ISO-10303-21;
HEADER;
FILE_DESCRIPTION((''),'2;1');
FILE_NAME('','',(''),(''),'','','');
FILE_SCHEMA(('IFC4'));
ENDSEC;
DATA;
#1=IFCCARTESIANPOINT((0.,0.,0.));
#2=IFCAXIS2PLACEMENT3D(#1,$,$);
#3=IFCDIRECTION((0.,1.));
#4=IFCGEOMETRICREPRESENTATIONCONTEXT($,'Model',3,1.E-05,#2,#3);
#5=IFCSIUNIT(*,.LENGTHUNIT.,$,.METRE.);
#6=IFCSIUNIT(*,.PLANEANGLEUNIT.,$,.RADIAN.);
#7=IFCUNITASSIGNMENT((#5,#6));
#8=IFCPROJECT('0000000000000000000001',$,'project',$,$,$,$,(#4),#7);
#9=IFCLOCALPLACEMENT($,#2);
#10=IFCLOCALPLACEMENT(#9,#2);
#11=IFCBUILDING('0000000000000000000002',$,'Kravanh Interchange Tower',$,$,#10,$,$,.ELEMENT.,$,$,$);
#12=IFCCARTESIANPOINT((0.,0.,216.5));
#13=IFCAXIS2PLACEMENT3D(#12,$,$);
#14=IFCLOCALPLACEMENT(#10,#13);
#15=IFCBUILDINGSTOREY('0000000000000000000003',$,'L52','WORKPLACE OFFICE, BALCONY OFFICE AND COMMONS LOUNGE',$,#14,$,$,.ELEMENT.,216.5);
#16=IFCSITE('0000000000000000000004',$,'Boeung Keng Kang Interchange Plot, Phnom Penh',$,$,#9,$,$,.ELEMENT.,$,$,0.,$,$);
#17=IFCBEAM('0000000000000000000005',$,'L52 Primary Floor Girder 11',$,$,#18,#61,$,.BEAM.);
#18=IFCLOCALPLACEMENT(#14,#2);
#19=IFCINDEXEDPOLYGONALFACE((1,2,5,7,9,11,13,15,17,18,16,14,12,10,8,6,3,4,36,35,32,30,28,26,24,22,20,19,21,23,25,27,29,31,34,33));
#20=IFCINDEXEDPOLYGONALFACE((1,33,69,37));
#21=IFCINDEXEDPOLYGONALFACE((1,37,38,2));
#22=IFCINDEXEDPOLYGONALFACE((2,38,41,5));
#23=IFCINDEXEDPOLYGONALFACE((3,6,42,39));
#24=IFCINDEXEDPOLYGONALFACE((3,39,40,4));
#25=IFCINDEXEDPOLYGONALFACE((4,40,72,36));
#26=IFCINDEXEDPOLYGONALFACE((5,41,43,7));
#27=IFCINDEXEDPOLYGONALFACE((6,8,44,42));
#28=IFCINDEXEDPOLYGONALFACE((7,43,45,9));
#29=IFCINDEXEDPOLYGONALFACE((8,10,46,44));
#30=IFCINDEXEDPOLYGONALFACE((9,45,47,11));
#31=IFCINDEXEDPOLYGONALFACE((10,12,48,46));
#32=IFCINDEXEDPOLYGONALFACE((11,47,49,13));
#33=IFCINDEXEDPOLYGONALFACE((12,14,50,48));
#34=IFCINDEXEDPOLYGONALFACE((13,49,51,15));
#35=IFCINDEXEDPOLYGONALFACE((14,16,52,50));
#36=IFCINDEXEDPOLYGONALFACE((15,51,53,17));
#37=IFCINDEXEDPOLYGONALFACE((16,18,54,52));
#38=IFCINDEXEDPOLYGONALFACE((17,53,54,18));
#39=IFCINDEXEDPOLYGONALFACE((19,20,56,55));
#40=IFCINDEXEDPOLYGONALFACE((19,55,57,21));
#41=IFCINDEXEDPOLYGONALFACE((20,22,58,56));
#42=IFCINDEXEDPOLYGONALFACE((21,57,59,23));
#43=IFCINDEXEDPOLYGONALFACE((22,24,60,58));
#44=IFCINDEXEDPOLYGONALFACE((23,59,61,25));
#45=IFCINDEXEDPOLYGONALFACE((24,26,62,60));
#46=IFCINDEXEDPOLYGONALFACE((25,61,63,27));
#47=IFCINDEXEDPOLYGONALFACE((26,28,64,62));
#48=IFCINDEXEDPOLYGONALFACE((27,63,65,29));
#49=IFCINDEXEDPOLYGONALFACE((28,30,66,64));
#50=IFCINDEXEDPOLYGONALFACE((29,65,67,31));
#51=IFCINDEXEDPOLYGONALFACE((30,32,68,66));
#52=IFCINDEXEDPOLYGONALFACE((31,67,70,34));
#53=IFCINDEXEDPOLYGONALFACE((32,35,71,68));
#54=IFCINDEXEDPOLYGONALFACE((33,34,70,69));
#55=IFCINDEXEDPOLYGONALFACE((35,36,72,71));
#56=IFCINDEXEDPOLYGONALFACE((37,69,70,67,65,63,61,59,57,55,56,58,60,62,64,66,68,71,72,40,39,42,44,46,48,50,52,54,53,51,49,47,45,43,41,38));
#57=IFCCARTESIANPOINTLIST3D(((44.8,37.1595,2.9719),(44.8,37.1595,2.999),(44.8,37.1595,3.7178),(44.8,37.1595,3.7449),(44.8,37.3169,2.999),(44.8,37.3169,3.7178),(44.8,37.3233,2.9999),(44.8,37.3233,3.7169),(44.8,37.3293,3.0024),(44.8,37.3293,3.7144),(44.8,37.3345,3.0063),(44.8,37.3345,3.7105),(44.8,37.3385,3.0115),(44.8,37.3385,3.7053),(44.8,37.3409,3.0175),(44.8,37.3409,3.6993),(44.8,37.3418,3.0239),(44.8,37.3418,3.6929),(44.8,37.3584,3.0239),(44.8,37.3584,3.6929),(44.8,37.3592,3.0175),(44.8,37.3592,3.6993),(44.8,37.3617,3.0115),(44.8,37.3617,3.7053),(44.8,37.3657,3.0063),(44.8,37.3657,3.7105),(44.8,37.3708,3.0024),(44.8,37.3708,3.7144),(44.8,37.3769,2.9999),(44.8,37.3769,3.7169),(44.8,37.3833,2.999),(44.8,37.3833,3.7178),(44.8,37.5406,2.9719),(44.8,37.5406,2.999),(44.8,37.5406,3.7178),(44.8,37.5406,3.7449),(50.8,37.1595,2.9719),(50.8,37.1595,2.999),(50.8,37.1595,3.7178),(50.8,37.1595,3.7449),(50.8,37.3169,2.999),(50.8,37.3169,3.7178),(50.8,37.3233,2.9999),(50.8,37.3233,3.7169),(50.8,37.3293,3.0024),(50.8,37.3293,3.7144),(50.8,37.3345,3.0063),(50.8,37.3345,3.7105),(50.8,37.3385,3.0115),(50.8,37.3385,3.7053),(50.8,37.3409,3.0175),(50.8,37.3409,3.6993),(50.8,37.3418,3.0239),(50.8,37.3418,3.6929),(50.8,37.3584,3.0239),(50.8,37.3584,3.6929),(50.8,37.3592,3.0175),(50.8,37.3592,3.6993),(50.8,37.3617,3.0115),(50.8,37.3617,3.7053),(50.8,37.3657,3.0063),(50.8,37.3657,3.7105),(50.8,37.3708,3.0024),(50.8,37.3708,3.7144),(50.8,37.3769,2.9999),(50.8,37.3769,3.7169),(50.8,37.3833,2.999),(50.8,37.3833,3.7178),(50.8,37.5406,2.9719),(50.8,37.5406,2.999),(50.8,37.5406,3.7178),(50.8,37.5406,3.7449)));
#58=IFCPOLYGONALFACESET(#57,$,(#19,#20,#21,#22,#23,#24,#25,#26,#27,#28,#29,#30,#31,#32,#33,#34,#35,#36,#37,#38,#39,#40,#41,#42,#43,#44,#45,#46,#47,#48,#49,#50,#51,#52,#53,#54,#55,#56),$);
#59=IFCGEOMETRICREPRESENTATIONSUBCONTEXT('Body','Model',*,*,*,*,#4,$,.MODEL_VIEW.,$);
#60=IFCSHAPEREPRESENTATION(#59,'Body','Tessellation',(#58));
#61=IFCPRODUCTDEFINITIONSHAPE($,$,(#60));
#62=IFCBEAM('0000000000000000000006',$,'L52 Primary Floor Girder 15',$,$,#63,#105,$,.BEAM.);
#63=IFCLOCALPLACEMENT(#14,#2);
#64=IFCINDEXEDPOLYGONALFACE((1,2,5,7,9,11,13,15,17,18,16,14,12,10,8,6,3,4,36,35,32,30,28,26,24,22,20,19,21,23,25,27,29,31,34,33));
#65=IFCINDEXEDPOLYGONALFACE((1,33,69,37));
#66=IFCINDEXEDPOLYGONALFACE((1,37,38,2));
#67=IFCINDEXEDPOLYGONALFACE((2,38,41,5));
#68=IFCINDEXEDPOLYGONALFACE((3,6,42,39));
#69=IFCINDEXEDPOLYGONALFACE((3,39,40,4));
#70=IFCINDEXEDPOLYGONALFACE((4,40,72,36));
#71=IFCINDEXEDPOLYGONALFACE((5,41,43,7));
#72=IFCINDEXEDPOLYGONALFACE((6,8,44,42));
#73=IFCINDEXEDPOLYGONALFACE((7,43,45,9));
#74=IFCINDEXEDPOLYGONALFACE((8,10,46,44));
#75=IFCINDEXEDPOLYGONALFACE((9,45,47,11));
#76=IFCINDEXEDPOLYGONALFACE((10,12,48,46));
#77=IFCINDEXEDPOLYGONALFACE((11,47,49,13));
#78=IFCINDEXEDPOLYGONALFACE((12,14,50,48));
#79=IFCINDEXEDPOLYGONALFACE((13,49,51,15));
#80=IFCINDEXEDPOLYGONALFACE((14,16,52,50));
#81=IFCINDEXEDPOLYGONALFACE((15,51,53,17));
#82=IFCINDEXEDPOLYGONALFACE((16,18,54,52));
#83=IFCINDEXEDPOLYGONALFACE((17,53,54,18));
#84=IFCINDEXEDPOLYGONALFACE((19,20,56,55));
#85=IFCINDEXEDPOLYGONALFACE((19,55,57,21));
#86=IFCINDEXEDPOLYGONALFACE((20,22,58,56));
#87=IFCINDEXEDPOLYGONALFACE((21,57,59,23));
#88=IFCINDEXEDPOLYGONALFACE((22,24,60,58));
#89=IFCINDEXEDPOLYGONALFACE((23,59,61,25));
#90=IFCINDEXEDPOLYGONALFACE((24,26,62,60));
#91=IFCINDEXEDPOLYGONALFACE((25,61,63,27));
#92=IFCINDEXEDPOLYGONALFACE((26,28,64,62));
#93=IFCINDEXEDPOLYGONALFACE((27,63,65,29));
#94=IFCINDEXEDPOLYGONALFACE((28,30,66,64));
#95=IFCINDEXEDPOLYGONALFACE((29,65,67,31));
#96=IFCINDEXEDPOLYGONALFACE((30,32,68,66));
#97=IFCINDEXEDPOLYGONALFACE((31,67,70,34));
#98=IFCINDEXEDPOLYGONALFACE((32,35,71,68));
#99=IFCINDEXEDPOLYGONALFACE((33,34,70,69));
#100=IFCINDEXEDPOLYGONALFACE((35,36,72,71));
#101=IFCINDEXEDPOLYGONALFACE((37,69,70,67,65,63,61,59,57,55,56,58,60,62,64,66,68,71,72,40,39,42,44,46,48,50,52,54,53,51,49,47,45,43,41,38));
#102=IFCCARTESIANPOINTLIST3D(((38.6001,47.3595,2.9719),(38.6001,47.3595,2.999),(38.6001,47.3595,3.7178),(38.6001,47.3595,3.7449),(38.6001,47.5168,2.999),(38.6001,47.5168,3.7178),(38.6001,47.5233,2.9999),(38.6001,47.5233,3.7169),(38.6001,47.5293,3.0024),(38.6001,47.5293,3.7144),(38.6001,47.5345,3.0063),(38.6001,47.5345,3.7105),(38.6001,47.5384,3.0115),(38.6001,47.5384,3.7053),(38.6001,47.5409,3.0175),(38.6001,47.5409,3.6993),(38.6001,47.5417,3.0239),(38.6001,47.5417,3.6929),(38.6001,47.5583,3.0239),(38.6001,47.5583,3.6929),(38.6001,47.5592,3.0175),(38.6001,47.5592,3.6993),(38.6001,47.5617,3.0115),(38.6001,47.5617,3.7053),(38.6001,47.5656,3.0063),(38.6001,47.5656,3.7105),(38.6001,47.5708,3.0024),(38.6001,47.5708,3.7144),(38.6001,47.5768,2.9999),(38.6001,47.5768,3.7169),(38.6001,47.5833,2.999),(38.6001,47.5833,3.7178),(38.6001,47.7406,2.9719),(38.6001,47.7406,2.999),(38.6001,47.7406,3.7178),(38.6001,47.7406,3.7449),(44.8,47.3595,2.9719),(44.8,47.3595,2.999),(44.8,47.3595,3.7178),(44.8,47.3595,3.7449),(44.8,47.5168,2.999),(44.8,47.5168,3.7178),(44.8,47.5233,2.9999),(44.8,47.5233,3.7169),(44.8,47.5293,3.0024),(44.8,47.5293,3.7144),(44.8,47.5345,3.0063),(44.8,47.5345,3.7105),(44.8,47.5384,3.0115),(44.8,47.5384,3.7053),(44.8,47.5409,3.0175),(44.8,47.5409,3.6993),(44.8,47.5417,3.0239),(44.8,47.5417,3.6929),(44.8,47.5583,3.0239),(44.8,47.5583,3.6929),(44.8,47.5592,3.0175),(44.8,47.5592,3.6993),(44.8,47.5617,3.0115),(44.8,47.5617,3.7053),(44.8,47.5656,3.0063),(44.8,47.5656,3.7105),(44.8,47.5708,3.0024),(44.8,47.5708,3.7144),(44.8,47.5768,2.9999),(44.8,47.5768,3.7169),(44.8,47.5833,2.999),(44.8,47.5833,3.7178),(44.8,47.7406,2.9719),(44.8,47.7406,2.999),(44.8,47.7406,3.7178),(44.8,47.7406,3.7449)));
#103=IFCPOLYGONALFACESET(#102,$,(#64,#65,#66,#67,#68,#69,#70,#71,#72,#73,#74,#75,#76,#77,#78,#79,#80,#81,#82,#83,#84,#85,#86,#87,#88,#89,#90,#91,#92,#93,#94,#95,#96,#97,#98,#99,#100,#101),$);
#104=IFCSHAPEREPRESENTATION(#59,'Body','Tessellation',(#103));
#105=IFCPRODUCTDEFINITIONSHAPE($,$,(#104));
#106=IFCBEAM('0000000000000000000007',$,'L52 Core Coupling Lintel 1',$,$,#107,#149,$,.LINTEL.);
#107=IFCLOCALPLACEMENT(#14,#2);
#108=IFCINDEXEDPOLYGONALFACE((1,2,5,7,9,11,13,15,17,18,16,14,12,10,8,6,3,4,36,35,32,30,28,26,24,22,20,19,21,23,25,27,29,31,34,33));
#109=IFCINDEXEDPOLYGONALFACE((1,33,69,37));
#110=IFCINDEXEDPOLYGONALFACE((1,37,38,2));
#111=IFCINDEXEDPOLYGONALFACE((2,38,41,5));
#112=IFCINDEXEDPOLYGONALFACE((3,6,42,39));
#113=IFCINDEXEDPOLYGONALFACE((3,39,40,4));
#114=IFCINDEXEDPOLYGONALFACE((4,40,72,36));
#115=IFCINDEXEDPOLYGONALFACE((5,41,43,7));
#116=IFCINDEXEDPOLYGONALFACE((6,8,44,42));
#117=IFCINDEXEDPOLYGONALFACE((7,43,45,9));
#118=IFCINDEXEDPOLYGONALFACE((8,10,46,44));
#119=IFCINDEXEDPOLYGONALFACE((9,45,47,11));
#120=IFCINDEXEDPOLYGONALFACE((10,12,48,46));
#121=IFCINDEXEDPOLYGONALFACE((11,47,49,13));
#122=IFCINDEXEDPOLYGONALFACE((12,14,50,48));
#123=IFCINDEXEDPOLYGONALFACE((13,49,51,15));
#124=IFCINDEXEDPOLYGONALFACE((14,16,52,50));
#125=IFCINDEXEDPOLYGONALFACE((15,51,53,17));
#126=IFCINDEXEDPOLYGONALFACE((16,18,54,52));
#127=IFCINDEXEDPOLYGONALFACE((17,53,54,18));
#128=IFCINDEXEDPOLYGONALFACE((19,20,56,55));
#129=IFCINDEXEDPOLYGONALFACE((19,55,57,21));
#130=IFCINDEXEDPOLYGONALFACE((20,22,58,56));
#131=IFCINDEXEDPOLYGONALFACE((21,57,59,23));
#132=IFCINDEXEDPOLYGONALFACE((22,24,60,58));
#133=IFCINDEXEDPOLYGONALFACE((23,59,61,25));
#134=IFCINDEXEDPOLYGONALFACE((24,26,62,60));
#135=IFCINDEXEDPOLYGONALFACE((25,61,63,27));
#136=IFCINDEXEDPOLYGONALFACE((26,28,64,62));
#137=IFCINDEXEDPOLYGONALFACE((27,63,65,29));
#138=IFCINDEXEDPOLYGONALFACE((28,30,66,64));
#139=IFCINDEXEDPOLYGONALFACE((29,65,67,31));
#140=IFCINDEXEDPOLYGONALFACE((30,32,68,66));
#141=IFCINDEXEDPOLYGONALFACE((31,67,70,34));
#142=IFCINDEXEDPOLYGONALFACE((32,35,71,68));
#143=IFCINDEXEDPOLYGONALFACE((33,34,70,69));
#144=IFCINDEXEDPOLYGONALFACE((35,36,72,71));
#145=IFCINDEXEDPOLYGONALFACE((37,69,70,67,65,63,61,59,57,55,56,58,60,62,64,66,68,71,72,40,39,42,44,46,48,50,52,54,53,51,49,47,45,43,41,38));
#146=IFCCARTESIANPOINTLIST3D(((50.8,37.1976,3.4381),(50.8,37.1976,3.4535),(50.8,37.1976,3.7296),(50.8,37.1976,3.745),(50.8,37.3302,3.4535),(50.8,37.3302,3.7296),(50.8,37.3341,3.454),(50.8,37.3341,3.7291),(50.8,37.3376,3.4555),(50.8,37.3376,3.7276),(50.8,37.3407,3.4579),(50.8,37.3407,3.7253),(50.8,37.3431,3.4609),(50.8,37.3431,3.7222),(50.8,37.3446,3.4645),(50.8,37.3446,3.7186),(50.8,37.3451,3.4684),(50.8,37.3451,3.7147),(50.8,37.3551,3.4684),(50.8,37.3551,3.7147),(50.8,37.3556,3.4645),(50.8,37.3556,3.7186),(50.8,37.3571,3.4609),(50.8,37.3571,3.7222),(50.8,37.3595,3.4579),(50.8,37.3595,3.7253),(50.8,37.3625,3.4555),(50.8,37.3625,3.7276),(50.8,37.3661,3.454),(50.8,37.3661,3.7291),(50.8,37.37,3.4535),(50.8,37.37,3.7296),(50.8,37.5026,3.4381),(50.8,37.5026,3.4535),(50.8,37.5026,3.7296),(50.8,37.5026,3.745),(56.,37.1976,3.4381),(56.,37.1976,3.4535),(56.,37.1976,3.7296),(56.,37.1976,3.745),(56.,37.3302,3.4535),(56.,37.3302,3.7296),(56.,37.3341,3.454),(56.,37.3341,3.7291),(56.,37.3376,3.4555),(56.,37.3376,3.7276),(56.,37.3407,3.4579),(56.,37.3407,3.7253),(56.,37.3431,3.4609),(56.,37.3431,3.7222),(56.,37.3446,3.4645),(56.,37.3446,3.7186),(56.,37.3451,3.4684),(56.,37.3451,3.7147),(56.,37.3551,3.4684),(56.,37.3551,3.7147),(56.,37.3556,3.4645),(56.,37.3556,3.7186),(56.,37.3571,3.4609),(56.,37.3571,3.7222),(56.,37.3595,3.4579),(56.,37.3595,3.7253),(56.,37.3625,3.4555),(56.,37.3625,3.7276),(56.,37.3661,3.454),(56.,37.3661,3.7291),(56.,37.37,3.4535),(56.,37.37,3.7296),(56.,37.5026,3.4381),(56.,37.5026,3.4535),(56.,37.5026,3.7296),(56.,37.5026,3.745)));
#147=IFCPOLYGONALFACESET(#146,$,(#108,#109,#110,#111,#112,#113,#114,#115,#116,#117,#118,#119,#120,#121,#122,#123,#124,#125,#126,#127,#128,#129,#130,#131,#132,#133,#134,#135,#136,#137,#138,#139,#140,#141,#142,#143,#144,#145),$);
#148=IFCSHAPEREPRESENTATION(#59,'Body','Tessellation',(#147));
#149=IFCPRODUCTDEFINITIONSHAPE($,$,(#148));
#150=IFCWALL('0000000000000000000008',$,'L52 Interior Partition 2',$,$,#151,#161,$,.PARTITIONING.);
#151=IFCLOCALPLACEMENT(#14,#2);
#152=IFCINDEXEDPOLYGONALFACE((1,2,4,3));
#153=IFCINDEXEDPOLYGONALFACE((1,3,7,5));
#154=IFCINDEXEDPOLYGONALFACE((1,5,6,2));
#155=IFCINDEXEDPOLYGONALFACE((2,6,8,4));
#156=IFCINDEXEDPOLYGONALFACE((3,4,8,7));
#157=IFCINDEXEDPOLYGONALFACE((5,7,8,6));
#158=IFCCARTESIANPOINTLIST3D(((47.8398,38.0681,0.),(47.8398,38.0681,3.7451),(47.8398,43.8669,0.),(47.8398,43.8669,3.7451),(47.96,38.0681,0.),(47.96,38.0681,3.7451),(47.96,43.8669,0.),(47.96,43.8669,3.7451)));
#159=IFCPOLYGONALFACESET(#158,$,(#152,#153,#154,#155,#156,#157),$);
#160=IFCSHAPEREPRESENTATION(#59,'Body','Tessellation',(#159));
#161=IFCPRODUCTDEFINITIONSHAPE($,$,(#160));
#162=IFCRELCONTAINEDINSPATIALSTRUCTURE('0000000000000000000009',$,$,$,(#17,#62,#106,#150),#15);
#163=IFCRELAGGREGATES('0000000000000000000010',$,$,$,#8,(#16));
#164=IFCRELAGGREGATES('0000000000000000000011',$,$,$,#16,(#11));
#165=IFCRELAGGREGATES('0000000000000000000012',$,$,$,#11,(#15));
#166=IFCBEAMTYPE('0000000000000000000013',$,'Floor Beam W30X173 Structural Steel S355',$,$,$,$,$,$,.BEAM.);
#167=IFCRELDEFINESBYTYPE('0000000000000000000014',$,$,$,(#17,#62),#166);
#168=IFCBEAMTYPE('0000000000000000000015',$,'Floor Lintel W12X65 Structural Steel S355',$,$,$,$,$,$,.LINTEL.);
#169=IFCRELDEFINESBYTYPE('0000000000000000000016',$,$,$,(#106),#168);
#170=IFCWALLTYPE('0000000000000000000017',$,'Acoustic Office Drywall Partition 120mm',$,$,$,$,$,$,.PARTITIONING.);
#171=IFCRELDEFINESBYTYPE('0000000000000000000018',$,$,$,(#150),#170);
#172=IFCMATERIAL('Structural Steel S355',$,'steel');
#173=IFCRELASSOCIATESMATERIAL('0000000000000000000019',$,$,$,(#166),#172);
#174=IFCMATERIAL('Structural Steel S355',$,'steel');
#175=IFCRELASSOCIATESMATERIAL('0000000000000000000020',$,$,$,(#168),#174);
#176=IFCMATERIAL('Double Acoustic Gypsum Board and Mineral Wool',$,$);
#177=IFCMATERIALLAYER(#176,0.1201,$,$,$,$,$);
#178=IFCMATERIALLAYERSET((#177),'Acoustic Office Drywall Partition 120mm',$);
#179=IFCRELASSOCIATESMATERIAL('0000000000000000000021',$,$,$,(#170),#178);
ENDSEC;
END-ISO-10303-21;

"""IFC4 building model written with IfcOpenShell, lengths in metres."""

from ifc_helpers import new_model, si_unit, direction, frame, frame_2d, origin, origin_2d, place, context, subcontext, project, spatial, rectangle, i_section, extrude, material, layer, layer_set, material_profile, profile_set, type_object, element, save


model = new_model("IFC4")

# Units and contexts
model_context = context("Model", 3, precision=1e-05, world=origin(), true_north=direction((0.0, 1.0)))
body_context = subcontext(model_context, "Body", "Model", "MODEL_VIEW")
ifc_project = project(units=[si_unit("LENGTHUNIT", "METRE"), si_unit("PLANEANGLEUNIT", "RADIAN")], contexts=[model_context])

# Site, building, storey
site_placement = place(None, origin())
site = spatial("IfcSite", under=ifc_project, at=site_placement, Name="Boeung Keng Kang Interchange Plot, Phnom Penh", CompositionType="ELEMENT", RefElevation=0.0)
building_placement = place(site_placement, origin())
building = spatial("IfcBuilding", under=site, at=building_placement, Name="Kravanh Interchange Tower", CompositionType="ELEMENT")
storey_placement = place(building_placement, frame((0.0, 0.0, 216.5)))
storey = spatial("IfcBuildingStorey", under=building, at=storey_placement, Name="L52", Description="WORKPLACE OFFICE, BALCONY OFFICE AND COMMONS LOUNGE", CompositionType="ELEMENT", Elevation=216.5)

# Beams
ifc_material_1 = material(Name="Structural Steel S355", Category="steel")
ifc_material_profile_1 = material_profile(ifc_material_1, i_section(OverallWidth=0.3811, OverallDepth=0.7729, WebThickness=0.0166, FlangeThickness=0.0271, FilletRadius=0.0249, at=origin_2d()), Name="W30X173")
ifc_profile_set_1 = profile_set([ifc_material_profile_1], Name="Structural Steel S355")
beam_type_1 = type_object("IfcBeamType", Name="Floor Beam W30X173 Structural Steel S355", PredefinedType="BEAM", material=ifc_profile_set_1)
beam_1_placement = place(storey_placement, frame((50.8, 37.3501, 3.3584), z_axis=(-1.0, 0.0, 0.0), x_axis=(0.0, -1.0, 0.0)))
element("IfcBeam", 1, at=beam_1_placement, inside=storey, type_object=beam_type_1, Name="L52 Primary Floor Girder 11", PredefinedType="BEAM", context=body_context, shape_type="SweptSolid", body=[
    extrude(i_section(OverallWidth=0.3811, OverallDepth=0.7729, WebThickness=0.0166, FlangeThickness=0.0271, FilletRadius=0.0249, at=origin_2d()), origin(), (0.0, 0.0, 1.0), 6.0),
])
beam_2_placement = place(storey_placement, frame((44.8, 47.55, 3.3584), z_axis=(-1.0, 0.0, 0.0), x_axis=(0.0, -1.0, 0.0)))
element("IfcBeam", 2, at=beam_2_placement, inside=storey, type_object=beam_type_1, Name="L52 Primary Floor Girder 15", PredefinedType="BEAM", context=body_context, shape_type="SweptSolid", body=[
    extrude(i_section(OverallWidth=0.3811, OverallDepth=0.7729, WebThickness=0.0166, FlangeThickness=0.0271, FilletRadius=0.0249, at=origin_2d()), origin(), (0.0, 0.0, 1.0), 6.2),
])
ifc_material_2 = material(Name="Structural Steel S355", Category="steel")
ifc_material_profile_2 = material_profile(ifc_material_2, i_section(OverallWidth=0.3049, OverallDepth=0.3069, WebThickness=0.01, FlangeThickness=0.0154, FilletRadius=0.0149, at=origin_2d()), Name="W12X65")
ifc_profile_set_2 = profile_set([ifc_material_profile_2], Name="Structural Steel S355")
beam_type_2 = type_object("IfcBeamType", Name="Floor Lintel W12X65 Structural Steel S355", PredefinedType="LINTEL", material=ifc_profile_set_2)
beam_3_placement = place(storey_placement, frame((50.8, 37.3501, 3.5916), z_axis=(1.0, 0.0, 0.0), x_axis=(0.0, 1.0, 0.0)))
element("IfcBeam", 3, at=beam_3_placement, inside=storey, type_object=beam_type_2, Name="L52 Core Coupling Lintel 1", PredefinedType="LINTEL", context=body_context, shape_type="SweptSolid", body=[
    extrude(i_section(OverallWidth=0.3049, OverallDepth=0.3069, WebThickness=0.01, FlangeThickness=0.0154, FilletRadius=0.0149, at=origin_2d()), origin(), (0.0, 0.0, 1.0), 5.2),
])

# Wall
ifc_material_3 = material(Name="Double Acoustic Gypsum Board and Mineral Wool")
ifc_layer_1 = layer(ifc_material_3, 0.1201)
ifc_layer_set_1 = layer_set([ifc_layer_1], Name="Acoustic Office Drywall Partition 120mm")
wall_type_1 = type_object("IfcWallType", Name="Acoustic Office Drywall Partition 120mm", PredefinedType="PARTITIONING", material=ifc_layer_set_1)
wall_1_placement = place(storey_placement, frame((47.8999, 38.0681, 0.0), z_axis=(0.0, 0.0, 1.0), x_axis=(0.0, 1.0, 0.0)))
element("IfcWall", 4, at=wall_1_placement, inside=storey, type_object=wall_type_1, Name="L52 Interior Partition 2", PredefinedType="PARTITIONING", context=body_context, shape_type="SweptSolid", body=[
    extrude(rectangle(XDim=5.7988, YDim=0.1201, at=frame_2d((2.8994, 0.0))), origin(), (0.0, 0.0, 1.0), 3.7451),
])

save(model, "model.ifc")
